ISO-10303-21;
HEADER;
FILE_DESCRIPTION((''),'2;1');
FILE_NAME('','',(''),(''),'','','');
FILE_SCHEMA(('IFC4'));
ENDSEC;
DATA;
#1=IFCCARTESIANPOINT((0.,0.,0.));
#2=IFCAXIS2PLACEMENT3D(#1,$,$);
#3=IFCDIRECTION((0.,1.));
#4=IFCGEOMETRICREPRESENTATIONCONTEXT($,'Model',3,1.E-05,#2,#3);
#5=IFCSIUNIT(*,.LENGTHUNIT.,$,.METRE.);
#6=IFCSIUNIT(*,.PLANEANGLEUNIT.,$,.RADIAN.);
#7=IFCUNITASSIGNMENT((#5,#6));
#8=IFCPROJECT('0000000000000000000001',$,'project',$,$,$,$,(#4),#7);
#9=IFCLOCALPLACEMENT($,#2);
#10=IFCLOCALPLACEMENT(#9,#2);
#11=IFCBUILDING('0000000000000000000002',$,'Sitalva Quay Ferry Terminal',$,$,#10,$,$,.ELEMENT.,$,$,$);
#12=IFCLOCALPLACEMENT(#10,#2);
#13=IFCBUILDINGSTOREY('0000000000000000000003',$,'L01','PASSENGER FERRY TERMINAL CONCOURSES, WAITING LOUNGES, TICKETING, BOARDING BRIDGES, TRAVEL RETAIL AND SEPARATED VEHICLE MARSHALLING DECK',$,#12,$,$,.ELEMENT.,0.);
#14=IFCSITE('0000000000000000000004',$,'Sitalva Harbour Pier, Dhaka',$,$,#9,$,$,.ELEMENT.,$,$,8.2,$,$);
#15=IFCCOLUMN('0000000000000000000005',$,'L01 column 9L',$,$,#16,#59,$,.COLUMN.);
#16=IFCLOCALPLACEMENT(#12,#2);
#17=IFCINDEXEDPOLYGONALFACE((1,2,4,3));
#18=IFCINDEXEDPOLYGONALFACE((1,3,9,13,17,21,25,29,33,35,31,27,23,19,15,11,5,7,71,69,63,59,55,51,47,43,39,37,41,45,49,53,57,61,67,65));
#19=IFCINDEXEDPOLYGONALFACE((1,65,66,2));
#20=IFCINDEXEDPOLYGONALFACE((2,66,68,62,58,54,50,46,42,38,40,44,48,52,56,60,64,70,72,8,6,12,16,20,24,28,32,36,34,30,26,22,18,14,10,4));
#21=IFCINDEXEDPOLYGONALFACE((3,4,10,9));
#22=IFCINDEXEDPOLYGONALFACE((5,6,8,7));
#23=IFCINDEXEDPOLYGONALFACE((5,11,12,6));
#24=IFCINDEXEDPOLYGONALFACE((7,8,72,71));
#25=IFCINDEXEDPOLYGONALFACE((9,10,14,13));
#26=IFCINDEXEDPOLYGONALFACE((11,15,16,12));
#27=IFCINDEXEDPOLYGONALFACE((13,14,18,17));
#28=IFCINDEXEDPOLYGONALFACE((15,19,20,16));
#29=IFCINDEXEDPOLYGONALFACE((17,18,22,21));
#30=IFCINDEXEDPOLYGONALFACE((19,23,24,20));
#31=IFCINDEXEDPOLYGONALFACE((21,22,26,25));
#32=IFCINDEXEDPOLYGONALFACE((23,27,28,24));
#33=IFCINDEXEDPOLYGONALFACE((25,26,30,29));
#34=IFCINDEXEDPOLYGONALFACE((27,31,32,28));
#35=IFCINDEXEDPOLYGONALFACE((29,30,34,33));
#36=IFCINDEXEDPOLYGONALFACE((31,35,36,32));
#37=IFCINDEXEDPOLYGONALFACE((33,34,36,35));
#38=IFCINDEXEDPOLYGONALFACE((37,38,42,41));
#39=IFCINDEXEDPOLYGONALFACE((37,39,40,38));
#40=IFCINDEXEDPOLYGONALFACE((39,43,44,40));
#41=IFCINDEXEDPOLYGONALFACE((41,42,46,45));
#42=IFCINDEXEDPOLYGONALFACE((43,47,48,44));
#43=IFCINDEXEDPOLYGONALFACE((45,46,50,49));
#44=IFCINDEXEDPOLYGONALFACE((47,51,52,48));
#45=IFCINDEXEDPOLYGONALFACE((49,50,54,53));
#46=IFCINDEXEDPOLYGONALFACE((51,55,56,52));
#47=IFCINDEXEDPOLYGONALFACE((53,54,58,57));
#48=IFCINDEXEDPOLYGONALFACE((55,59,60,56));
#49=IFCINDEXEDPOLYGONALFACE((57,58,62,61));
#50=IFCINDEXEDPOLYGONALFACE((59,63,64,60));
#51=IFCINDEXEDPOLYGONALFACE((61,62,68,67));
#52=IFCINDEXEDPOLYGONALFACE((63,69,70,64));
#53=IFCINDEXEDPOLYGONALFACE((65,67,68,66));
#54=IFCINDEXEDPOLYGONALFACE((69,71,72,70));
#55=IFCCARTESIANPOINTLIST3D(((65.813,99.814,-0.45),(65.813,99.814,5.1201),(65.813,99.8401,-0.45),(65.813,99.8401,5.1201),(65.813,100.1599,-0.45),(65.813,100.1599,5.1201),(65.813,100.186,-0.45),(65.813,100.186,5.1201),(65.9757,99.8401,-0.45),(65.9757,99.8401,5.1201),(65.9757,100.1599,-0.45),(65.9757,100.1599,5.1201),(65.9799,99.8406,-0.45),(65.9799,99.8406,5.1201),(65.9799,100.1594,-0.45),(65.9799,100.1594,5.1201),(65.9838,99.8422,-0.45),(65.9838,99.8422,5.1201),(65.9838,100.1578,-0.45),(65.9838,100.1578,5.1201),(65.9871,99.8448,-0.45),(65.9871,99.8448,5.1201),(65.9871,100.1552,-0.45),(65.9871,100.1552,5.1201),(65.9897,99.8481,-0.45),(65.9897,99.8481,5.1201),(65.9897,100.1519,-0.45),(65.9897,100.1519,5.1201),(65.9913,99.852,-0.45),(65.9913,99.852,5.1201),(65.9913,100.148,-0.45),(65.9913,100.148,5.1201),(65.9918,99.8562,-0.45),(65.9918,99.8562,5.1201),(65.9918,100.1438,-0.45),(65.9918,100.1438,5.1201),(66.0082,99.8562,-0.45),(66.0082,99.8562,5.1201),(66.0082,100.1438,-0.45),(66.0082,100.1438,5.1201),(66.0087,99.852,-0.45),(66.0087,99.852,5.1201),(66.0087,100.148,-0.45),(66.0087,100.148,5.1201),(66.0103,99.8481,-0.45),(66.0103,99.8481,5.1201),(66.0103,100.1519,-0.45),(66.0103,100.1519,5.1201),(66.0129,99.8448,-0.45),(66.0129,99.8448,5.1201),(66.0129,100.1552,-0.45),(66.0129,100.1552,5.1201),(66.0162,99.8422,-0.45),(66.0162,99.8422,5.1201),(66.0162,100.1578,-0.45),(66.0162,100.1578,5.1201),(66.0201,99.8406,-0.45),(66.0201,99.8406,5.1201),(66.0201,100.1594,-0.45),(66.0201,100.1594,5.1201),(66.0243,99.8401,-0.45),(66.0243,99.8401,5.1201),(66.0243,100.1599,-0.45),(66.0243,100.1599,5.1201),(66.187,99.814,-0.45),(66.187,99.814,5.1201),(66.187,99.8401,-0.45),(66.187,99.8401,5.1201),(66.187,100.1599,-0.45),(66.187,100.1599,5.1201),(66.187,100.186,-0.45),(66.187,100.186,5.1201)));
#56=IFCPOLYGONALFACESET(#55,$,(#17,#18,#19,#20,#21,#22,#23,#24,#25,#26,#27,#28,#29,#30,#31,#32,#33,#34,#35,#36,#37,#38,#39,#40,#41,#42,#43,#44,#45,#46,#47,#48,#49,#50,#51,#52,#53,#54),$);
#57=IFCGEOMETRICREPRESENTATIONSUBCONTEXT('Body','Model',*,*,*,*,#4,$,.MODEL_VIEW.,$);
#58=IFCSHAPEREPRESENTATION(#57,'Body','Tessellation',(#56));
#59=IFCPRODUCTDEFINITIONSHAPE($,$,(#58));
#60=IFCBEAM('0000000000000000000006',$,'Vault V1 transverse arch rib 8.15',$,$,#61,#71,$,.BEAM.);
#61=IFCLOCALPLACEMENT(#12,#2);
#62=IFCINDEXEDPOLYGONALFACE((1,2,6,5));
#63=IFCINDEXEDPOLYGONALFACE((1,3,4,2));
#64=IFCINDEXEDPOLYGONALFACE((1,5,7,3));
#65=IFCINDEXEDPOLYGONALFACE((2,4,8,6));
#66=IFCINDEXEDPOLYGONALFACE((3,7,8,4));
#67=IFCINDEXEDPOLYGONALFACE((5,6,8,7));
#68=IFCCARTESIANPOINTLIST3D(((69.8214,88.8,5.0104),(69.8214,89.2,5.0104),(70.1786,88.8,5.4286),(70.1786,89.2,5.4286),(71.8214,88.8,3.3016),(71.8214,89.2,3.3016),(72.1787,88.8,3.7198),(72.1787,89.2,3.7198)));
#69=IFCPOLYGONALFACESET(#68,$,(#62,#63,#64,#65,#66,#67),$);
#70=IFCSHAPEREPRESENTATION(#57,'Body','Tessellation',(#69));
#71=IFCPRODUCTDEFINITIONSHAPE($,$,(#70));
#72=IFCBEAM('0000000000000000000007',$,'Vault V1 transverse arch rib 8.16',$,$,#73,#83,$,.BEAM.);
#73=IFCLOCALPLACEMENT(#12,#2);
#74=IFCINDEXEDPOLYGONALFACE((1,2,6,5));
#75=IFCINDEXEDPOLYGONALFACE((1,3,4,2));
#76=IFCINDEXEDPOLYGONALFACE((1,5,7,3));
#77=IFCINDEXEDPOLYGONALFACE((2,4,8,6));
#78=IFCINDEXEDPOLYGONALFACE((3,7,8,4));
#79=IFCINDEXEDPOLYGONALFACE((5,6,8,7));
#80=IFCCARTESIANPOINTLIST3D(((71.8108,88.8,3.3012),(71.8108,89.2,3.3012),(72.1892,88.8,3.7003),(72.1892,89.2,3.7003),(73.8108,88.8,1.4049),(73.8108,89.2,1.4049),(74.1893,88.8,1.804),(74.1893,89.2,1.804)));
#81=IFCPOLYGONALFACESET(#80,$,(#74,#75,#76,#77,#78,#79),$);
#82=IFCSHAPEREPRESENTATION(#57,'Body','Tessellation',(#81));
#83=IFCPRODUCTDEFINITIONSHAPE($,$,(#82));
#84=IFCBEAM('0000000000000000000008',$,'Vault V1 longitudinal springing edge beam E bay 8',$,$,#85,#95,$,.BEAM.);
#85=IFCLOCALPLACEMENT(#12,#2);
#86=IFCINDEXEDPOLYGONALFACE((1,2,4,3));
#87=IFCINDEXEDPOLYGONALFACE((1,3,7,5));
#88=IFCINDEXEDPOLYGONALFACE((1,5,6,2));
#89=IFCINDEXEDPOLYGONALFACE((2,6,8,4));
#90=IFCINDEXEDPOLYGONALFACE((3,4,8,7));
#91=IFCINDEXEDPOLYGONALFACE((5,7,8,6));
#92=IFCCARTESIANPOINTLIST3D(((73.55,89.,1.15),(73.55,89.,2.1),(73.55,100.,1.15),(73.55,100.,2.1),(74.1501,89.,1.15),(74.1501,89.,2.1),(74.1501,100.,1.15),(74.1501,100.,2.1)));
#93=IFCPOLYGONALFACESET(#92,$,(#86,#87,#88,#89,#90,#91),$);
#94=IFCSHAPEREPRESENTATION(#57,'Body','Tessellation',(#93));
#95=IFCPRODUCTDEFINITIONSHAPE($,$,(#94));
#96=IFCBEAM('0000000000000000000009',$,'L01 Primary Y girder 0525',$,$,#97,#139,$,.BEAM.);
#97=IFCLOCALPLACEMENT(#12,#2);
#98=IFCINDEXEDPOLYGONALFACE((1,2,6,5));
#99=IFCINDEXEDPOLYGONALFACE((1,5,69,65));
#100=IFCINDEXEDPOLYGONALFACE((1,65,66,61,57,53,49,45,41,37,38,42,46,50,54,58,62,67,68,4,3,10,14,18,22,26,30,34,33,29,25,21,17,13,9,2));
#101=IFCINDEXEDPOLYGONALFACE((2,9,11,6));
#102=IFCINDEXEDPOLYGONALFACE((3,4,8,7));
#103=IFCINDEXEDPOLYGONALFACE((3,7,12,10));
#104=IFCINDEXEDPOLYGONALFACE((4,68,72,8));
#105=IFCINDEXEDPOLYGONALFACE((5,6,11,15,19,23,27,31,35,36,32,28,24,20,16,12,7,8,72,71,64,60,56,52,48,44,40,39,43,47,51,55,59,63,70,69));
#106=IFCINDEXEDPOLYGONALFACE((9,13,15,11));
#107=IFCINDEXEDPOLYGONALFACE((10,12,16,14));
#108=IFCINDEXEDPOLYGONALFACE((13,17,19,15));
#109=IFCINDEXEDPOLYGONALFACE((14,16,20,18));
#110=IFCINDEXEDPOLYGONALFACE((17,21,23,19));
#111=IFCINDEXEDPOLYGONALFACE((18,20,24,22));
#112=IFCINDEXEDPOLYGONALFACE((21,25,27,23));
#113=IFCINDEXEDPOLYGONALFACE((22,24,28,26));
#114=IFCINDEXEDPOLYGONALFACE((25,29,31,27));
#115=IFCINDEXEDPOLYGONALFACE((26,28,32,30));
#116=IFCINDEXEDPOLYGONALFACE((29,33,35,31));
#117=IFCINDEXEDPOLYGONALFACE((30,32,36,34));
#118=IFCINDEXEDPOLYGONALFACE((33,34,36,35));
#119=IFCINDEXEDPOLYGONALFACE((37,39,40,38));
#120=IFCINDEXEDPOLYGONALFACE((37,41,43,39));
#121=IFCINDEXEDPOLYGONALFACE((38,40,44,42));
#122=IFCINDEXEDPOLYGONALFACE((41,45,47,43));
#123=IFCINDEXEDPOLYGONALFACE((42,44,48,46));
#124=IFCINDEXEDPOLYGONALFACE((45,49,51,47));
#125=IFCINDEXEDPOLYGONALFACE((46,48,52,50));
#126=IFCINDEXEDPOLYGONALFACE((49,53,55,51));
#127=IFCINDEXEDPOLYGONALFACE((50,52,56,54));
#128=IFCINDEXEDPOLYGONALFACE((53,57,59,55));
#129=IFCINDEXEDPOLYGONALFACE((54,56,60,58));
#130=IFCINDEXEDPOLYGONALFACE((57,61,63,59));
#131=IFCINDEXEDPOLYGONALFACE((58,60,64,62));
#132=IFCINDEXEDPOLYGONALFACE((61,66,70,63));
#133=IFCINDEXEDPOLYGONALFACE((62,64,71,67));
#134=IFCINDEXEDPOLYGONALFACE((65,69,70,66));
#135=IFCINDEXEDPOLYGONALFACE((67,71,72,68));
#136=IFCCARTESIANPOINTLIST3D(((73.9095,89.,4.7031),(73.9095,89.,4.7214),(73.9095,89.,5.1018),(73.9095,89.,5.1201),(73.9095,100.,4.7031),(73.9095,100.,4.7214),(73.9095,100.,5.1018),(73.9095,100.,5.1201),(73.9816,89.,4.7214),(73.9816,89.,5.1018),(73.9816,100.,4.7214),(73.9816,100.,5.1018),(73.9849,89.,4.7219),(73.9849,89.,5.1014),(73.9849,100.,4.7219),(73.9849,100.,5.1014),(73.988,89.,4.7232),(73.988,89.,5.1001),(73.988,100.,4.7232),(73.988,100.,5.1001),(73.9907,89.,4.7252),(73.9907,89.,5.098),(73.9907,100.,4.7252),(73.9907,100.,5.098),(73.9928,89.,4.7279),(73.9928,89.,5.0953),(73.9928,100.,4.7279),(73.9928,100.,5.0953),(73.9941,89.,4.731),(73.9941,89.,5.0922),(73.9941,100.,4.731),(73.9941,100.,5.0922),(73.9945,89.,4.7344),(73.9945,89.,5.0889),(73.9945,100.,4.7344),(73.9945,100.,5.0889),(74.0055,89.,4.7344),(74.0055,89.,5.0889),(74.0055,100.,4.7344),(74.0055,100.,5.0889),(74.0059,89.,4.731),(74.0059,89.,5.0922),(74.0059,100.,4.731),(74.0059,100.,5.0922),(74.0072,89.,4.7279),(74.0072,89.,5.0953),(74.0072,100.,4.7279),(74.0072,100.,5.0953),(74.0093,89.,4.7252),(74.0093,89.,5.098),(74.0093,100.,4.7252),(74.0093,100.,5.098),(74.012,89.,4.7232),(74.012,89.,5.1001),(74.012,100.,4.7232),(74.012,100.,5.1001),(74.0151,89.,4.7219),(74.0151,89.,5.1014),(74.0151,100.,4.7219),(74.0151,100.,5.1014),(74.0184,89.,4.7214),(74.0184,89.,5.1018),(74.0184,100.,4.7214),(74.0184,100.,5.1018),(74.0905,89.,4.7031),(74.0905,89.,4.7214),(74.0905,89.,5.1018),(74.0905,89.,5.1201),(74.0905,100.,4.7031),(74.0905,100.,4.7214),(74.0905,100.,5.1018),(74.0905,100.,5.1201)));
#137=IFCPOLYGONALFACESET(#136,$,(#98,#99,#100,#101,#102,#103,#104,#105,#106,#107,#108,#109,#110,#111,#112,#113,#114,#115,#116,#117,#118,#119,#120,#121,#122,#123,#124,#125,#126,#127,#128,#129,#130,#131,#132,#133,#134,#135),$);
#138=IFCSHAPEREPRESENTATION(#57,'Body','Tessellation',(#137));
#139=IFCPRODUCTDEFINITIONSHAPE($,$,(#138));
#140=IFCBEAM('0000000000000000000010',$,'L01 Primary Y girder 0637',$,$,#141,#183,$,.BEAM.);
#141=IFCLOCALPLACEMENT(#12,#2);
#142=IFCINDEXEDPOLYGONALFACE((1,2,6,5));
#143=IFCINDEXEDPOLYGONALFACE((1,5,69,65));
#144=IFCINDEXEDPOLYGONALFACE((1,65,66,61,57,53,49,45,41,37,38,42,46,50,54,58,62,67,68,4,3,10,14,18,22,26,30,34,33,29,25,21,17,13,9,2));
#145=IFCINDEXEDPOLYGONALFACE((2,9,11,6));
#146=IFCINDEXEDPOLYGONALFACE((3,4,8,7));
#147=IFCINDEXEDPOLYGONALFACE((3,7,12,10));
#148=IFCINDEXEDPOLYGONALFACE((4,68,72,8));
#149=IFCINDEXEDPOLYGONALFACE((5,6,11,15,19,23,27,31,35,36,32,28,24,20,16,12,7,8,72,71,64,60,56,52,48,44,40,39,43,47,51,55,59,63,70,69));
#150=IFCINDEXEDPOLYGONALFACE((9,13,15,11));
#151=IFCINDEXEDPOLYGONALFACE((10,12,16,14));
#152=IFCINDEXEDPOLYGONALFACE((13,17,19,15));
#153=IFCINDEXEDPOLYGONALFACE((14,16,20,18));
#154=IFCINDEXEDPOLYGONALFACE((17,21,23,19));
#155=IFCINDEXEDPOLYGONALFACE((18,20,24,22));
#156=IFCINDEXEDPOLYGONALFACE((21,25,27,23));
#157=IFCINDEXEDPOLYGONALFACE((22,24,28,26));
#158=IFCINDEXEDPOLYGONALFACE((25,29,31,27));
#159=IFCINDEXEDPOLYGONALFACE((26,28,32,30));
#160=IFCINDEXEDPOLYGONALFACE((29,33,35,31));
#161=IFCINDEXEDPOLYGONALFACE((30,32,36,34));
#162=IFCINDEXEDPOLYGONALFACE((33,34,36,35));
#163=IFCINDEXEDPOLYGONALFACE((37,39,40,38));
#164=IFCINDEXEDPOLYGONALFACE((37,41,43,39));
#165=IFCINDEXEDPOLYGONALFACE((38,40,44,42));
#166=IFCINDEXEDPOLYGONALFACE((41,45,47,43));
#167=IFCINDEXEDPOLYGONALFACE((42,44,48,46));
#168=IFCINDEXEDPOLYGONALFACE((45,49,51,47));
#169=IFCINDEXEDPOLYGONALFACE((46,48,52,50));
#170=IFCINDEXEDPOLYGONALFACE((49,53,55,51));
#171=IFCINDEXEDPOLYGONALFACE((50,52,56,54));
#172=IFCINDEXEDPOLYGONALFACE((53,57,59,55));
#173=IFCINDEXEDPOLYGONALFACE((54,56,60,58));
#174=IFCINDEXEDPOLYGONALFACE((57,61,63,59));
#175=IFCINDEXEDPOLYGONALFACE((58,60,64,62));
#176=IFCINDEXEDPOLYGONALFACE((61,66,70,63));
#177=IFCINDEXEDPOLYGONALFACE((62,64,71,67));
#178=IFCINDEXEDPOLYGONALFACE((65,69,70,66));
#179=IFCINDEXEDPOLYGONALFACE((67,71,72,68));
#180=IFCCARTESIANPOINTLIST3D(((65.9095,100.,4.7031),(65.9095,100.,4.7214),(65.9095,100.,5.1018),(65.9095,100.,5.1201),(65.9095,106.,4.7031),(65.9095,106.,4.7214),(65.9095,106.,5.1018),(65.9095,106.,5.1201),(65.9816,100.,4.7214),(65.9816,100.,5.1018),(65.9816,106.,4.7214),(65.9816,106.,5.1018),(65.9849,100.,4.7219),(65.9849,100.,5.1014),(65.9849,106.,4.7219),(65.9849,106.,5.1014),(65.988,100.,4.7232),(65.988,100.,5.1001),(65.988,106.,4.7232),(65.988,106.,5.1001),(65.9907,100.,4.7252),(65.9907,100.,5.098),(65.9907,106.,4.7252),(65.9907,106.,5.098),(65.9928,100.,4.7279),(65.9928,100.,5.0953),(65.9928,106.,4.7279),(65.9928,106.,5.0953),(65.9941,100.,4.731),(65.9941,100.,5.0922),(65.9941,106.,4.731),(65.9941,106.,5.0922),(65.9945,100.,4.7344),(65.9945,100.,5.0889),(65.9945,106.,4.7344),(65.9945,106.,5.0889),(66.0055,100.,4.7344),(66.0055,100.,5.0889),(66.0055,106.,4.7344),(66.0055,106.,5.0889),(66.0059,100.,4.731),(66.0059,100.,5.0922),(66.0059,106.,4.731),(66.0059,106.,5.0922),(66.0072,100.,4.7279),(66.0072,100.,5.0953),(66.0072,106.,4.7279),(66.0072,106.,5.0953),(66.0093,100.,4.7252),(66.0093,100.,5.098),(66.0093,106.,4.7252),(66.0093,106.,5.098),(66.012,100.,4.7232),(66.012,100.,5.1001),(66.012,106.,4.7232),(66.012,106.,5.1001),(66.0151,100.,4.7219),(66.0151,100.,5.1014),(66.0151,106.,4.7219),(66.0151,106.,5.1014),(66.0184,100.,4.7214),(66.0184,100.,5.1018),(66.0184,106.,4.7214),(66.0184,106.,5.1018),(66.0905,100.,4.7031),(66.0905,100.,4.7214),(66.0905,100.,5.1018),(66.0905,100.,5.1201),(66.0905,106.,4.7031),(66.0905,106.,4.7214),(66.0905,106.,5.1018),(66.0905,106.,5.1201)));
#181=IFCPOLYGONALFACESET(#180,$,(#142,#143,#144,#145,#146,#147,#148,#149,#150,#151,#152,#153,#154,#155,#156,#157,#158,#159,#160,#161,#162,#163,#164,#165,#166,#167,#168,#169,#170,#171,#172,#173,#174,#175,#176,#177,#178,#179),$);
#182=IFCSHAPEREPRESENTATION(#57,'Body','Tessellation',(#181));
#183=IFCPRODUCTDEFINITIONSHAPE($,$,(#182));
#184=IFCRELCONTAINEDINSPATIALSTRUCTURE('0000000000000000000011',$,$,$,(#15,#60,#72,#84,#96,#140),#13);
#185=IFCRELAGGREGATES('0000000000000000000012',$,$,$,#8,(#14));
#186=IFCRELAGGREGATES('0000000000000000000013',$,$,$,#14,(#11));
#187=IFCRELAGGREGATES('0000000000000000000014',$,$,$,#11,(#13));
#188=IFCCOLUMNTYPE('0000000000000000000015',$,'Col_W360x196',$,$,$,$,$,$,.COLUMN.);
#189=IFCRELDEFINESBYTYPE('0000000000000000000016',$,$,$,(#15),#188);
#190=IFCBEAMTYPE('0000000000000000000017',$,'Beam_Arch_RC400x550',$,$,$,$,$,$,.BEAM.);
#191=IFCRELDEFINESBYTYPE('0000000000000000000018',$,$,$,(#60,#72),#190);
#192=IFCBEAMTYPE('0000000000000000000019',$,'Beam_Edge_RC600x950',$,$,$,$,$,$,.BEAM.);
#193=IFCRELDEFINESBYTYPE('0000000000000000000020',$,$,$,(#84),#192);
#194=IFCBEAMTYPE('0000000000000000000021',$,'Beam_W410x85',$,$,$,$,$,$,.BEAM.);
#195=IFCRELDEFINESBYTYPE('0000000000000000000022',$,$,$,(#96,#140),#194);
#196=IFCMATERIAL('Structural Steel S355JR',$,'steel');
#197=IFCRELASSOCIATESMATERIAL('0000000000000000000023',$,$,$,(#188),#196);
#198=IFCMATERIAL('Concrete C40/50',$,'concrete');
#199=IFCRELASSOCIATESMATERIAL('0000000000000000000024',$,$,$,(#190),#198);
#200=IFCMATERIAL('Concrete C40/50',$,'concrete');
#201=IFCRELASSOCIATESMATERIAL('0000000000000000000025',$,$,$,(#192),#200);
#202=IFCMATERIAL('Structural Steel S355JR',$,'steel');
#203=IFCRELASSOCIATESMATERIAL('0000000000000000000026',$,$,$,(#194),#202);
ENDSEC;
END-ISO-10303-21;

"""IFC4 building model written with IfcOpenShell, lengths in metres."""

from ifc_helpers import new_model, si_unit, direction, frame, origin, origin_2d, place, context, subcontext, project, spatial, rectangle, i_section, extrude, material, material_profile, profile_set, type_object, element, save


model = new_model("IFC4")

# Units and contexts
model_context = context("Model", 3, precision=1e-05, world=origin(), true_north=direction((0.0, 1.0)))
body_context = subcontext(model_context, "Body", "Model", "MODEL_VIEW")
ifc_project = project(units=[si_unit("LENGTHUNIT", "METRE"), si_unit("PLANEANGLEUNIT", "RADIAN")], contexts=[model_context])

# Site, building, storey
site_placement = place(None, origin())
site = spatial("IfcSite", under=ifc_project, at=site_placement, Name="Sitalva Harbour Pier, Dhaka", CompositionType="ELEMENT", RefElevation=8.2)
building_placement = place(site_placement, origin())
building = spatial("IfcBuilding", under=site, at=building_placement, Name="Sitalva Quay Ferry Terminal", CompositionType="ELEMENT")
storey_placement = place(building_placement, origin())
storey = spatial("IfcBuildingStorey", under=building, at=storey_placement, Name="L01", Description="PASSENGER FERRY TERMINAL CONCOURSES, WAITING LOUNGES, TICKETING, BOARDING BRIDGES, TRAVEL RETAIL AND SEPARATED VEHICLE MARSHALLING DECK", CompositionType="ELEMENT", Elevation=0.0)

# Column
ifc_material_1 = material(Name="Structural Steel S355JR", Category="steel")
ifc_material_profile_1 = material_profile(ifc_material_1, i_section(OverallWidth=0.374, OverallDepth=0.3721, WebThickness=0.0164, FlangeThickness=0.0261, FilletRadius=0.0161, at=origin_2d()), Name="W360x196")
ifc_profile_set_1 = profile_set([ifc_material_profile_1], Name="Structural Steel S355JR")
column_type_1 = type_object("IfcColumnType", Name="Col_W360x196", PredefinedType="COLUMN", material=ifc_profile_set_1)
for number, where, z_axis, x_axis, name in (
    (1, (66.0, 100.0, -0.45), (0.0, 0.0, 1.0), (1.0, 0.0, 0.0), "L01 column 9L"),
):
    element("IfcColumn", number, at=place(storey_placement, frame(where, z_axis=z_axis, x_axis=x_axis)), inside=storey, type_object=column_type_1, Name=name, PredefinedType="COLUMN", context=body_context, shape_type="SweptSolid", body=[
        extrude(i_section(OverallWidth=0.374, OverallDepth=0.3721, WebThickness=0.0164, FlangeThickness=0.0261, FilletRadius=0.0161, at=origin_2d()), origin(), (0.0, 0.0, 1.0), 5.5701),
    ])

# Beams
ifc_material_2 = material(Name="Concrete C40/50", Category="concrete")
ifc_material_profile_2 = material_profile(ifc_material_2, rectangle(XDim=0.3999, YDim=0.55, at=origin_2d()), Name="RC400x550")
ifc_profile_set_2 = profile_set([ifc_material_profile_2], Name="Concrete C40/50")
beam_type_1 = type_object("IfcBeamType", Name="Beam_Arch_RC400x550", PredefinedType="BEAM", material=ifc_profile_set_2)
beam_1_placement = place(storey_placement, frame((70.0, 89.0, 5.2195), z_axis=(0.760297, 0.0, -0.649575), x_axis=(0.0, 1.0, 0.0)))
element("IfcBeam", 2, at=beam_1_placement, inside=storey, type_object=beam_type_1, Name="Vault V1 transverse arch rib 8.15", PredefinedType="BEAM", context=body_context, shape_type="SweptSolid", body=[
    extrude(rectangle(XDim=0.3999, YDim=0.55, at=origin_2d()), origin(), (0.0, 0.0, 1.0), 2.6306),
])
beam_2_placement = place(storey_placement, frame((72.0, 89.0, 3.5007), z_axis=(0.72568, 0.0, -0.688032), x_axis=(0.0, 1.0, 0.0)))
element("IfcBeam", 3, at=beam_2_placement, inside=storey, type_object=beam_type_1, Name="Vault V1 transverse arch rib 8.16", PredefinedType="BEAM", context=body_context, shape_type="SweptSolid", body=[
    extrude(rectangle(XDim=0.3999, YDim=0.55, at=origin_2d()), origin(), (0.0, 0.0, 1.0), 2.7561),
])
ifc_material_3 = material(Name="Concrete C40/50", Category="concrete")
ifc_material_profile_3 = material_profile(ifc_material_3, rectangle(XDim=0.6001, YDim=0.95, at=origin_2d()), Name="RC600x950")
ifc_profile_set_3 = profile_set([ifc_material_profile_3], Name="Concrete C40/50")
beam_type_2 = type_object("IfcBeamType", Name="Beam_Edge_RC600x950", PredefinedType="BEAM", material=ifc_profile_set_3)
beam_3_placement = place(storey_placement, frame((73.8501, 89.0, 1.625), z_axis=(0.0, 1.0, 0.0), x_axis=(-1.0, 0.0, 0.0)))
element("IfcBeam", 4, at=beam_3_placement, inside=storey, type_object=beam_type_2, Name="Vault V1 longitudinal springing edge beam E bay 8", PredefinedType="BEAM", context=body_context, shape_type="SweptSolid", body=[
    extrude(rectangle(XDim=0.6001, YDim=0.95, at=origin_2d()), origin(), (0.0, 0.0, 1.0), 11.0),
])
ifc_material_4 = material(Name="Structural Steel S355JR", Category="steel")
ifc_material_profile_4 = material_profile(ifc_material_4, i_section(OverallWidth=0.1809, OverallDepth=0.417, WebThickness=0.011, FlangeThickness=0.0183, FilletRadius=0.0129, at=origin_2d()), Name="W410x85")
ifc_profile_set_4 = profile_set([ifc_material_profile_4], Name="Structural Steel S355JR")
beam_type_3 = type_object("IfcBeamType", Name="Beam_W410x85", PredefinedType="BEAM", material=ifc_profile_set_4)
beam_4_placement = place(storey_placement, frame((74.0, 89.0, 4.9116), z_axis=(0.0, 1.0, 0.0), x_axis=(-1.0, 0.0, 0.0)))
element("IfcBeam", 5, at=beam_4_placement, inside=storey, type_object=beam_type_3, Name="L01 Primary Y girder 0525", PredefinedType="BEAM", context=body_context, shape_type="SweptSolid", body=[
    extrude(i_section(OverallWidth=0.1809, OverallDepth=0.417, WebThickness=0.011, FlangeThickness=0.0183, FilletRadius=0.0129, at=origin_2d()), origin(), (0.0, 0.0, 1.0), 11.0),
])
beam_5_placement = place(storey_placement, frame((66.0, 100.0, 4.9116), z_axis=(0.0, 1.0, 0.0), x_axis=(-1.0, 0.0, 0.0)))
element("IfcBeam", 6, at=beam_5_placement, inside=storey, type_object=beam_type_3, Name="L01 Primary Y girder 0637", PredefinedType="BEAM", context=body_context, shape_type="SweptSolid", body=[
    extrude(i_section(OverallWidth=0.1809, OverallDepth=0.417, WebThickness=0.011, FlangeThickness=0.0183, FilletRadius=0.0129, at=origin_2d()), origin(), (0.0, 0.0, 1.0), 6.0),
])

save(model, "model.ifc")
